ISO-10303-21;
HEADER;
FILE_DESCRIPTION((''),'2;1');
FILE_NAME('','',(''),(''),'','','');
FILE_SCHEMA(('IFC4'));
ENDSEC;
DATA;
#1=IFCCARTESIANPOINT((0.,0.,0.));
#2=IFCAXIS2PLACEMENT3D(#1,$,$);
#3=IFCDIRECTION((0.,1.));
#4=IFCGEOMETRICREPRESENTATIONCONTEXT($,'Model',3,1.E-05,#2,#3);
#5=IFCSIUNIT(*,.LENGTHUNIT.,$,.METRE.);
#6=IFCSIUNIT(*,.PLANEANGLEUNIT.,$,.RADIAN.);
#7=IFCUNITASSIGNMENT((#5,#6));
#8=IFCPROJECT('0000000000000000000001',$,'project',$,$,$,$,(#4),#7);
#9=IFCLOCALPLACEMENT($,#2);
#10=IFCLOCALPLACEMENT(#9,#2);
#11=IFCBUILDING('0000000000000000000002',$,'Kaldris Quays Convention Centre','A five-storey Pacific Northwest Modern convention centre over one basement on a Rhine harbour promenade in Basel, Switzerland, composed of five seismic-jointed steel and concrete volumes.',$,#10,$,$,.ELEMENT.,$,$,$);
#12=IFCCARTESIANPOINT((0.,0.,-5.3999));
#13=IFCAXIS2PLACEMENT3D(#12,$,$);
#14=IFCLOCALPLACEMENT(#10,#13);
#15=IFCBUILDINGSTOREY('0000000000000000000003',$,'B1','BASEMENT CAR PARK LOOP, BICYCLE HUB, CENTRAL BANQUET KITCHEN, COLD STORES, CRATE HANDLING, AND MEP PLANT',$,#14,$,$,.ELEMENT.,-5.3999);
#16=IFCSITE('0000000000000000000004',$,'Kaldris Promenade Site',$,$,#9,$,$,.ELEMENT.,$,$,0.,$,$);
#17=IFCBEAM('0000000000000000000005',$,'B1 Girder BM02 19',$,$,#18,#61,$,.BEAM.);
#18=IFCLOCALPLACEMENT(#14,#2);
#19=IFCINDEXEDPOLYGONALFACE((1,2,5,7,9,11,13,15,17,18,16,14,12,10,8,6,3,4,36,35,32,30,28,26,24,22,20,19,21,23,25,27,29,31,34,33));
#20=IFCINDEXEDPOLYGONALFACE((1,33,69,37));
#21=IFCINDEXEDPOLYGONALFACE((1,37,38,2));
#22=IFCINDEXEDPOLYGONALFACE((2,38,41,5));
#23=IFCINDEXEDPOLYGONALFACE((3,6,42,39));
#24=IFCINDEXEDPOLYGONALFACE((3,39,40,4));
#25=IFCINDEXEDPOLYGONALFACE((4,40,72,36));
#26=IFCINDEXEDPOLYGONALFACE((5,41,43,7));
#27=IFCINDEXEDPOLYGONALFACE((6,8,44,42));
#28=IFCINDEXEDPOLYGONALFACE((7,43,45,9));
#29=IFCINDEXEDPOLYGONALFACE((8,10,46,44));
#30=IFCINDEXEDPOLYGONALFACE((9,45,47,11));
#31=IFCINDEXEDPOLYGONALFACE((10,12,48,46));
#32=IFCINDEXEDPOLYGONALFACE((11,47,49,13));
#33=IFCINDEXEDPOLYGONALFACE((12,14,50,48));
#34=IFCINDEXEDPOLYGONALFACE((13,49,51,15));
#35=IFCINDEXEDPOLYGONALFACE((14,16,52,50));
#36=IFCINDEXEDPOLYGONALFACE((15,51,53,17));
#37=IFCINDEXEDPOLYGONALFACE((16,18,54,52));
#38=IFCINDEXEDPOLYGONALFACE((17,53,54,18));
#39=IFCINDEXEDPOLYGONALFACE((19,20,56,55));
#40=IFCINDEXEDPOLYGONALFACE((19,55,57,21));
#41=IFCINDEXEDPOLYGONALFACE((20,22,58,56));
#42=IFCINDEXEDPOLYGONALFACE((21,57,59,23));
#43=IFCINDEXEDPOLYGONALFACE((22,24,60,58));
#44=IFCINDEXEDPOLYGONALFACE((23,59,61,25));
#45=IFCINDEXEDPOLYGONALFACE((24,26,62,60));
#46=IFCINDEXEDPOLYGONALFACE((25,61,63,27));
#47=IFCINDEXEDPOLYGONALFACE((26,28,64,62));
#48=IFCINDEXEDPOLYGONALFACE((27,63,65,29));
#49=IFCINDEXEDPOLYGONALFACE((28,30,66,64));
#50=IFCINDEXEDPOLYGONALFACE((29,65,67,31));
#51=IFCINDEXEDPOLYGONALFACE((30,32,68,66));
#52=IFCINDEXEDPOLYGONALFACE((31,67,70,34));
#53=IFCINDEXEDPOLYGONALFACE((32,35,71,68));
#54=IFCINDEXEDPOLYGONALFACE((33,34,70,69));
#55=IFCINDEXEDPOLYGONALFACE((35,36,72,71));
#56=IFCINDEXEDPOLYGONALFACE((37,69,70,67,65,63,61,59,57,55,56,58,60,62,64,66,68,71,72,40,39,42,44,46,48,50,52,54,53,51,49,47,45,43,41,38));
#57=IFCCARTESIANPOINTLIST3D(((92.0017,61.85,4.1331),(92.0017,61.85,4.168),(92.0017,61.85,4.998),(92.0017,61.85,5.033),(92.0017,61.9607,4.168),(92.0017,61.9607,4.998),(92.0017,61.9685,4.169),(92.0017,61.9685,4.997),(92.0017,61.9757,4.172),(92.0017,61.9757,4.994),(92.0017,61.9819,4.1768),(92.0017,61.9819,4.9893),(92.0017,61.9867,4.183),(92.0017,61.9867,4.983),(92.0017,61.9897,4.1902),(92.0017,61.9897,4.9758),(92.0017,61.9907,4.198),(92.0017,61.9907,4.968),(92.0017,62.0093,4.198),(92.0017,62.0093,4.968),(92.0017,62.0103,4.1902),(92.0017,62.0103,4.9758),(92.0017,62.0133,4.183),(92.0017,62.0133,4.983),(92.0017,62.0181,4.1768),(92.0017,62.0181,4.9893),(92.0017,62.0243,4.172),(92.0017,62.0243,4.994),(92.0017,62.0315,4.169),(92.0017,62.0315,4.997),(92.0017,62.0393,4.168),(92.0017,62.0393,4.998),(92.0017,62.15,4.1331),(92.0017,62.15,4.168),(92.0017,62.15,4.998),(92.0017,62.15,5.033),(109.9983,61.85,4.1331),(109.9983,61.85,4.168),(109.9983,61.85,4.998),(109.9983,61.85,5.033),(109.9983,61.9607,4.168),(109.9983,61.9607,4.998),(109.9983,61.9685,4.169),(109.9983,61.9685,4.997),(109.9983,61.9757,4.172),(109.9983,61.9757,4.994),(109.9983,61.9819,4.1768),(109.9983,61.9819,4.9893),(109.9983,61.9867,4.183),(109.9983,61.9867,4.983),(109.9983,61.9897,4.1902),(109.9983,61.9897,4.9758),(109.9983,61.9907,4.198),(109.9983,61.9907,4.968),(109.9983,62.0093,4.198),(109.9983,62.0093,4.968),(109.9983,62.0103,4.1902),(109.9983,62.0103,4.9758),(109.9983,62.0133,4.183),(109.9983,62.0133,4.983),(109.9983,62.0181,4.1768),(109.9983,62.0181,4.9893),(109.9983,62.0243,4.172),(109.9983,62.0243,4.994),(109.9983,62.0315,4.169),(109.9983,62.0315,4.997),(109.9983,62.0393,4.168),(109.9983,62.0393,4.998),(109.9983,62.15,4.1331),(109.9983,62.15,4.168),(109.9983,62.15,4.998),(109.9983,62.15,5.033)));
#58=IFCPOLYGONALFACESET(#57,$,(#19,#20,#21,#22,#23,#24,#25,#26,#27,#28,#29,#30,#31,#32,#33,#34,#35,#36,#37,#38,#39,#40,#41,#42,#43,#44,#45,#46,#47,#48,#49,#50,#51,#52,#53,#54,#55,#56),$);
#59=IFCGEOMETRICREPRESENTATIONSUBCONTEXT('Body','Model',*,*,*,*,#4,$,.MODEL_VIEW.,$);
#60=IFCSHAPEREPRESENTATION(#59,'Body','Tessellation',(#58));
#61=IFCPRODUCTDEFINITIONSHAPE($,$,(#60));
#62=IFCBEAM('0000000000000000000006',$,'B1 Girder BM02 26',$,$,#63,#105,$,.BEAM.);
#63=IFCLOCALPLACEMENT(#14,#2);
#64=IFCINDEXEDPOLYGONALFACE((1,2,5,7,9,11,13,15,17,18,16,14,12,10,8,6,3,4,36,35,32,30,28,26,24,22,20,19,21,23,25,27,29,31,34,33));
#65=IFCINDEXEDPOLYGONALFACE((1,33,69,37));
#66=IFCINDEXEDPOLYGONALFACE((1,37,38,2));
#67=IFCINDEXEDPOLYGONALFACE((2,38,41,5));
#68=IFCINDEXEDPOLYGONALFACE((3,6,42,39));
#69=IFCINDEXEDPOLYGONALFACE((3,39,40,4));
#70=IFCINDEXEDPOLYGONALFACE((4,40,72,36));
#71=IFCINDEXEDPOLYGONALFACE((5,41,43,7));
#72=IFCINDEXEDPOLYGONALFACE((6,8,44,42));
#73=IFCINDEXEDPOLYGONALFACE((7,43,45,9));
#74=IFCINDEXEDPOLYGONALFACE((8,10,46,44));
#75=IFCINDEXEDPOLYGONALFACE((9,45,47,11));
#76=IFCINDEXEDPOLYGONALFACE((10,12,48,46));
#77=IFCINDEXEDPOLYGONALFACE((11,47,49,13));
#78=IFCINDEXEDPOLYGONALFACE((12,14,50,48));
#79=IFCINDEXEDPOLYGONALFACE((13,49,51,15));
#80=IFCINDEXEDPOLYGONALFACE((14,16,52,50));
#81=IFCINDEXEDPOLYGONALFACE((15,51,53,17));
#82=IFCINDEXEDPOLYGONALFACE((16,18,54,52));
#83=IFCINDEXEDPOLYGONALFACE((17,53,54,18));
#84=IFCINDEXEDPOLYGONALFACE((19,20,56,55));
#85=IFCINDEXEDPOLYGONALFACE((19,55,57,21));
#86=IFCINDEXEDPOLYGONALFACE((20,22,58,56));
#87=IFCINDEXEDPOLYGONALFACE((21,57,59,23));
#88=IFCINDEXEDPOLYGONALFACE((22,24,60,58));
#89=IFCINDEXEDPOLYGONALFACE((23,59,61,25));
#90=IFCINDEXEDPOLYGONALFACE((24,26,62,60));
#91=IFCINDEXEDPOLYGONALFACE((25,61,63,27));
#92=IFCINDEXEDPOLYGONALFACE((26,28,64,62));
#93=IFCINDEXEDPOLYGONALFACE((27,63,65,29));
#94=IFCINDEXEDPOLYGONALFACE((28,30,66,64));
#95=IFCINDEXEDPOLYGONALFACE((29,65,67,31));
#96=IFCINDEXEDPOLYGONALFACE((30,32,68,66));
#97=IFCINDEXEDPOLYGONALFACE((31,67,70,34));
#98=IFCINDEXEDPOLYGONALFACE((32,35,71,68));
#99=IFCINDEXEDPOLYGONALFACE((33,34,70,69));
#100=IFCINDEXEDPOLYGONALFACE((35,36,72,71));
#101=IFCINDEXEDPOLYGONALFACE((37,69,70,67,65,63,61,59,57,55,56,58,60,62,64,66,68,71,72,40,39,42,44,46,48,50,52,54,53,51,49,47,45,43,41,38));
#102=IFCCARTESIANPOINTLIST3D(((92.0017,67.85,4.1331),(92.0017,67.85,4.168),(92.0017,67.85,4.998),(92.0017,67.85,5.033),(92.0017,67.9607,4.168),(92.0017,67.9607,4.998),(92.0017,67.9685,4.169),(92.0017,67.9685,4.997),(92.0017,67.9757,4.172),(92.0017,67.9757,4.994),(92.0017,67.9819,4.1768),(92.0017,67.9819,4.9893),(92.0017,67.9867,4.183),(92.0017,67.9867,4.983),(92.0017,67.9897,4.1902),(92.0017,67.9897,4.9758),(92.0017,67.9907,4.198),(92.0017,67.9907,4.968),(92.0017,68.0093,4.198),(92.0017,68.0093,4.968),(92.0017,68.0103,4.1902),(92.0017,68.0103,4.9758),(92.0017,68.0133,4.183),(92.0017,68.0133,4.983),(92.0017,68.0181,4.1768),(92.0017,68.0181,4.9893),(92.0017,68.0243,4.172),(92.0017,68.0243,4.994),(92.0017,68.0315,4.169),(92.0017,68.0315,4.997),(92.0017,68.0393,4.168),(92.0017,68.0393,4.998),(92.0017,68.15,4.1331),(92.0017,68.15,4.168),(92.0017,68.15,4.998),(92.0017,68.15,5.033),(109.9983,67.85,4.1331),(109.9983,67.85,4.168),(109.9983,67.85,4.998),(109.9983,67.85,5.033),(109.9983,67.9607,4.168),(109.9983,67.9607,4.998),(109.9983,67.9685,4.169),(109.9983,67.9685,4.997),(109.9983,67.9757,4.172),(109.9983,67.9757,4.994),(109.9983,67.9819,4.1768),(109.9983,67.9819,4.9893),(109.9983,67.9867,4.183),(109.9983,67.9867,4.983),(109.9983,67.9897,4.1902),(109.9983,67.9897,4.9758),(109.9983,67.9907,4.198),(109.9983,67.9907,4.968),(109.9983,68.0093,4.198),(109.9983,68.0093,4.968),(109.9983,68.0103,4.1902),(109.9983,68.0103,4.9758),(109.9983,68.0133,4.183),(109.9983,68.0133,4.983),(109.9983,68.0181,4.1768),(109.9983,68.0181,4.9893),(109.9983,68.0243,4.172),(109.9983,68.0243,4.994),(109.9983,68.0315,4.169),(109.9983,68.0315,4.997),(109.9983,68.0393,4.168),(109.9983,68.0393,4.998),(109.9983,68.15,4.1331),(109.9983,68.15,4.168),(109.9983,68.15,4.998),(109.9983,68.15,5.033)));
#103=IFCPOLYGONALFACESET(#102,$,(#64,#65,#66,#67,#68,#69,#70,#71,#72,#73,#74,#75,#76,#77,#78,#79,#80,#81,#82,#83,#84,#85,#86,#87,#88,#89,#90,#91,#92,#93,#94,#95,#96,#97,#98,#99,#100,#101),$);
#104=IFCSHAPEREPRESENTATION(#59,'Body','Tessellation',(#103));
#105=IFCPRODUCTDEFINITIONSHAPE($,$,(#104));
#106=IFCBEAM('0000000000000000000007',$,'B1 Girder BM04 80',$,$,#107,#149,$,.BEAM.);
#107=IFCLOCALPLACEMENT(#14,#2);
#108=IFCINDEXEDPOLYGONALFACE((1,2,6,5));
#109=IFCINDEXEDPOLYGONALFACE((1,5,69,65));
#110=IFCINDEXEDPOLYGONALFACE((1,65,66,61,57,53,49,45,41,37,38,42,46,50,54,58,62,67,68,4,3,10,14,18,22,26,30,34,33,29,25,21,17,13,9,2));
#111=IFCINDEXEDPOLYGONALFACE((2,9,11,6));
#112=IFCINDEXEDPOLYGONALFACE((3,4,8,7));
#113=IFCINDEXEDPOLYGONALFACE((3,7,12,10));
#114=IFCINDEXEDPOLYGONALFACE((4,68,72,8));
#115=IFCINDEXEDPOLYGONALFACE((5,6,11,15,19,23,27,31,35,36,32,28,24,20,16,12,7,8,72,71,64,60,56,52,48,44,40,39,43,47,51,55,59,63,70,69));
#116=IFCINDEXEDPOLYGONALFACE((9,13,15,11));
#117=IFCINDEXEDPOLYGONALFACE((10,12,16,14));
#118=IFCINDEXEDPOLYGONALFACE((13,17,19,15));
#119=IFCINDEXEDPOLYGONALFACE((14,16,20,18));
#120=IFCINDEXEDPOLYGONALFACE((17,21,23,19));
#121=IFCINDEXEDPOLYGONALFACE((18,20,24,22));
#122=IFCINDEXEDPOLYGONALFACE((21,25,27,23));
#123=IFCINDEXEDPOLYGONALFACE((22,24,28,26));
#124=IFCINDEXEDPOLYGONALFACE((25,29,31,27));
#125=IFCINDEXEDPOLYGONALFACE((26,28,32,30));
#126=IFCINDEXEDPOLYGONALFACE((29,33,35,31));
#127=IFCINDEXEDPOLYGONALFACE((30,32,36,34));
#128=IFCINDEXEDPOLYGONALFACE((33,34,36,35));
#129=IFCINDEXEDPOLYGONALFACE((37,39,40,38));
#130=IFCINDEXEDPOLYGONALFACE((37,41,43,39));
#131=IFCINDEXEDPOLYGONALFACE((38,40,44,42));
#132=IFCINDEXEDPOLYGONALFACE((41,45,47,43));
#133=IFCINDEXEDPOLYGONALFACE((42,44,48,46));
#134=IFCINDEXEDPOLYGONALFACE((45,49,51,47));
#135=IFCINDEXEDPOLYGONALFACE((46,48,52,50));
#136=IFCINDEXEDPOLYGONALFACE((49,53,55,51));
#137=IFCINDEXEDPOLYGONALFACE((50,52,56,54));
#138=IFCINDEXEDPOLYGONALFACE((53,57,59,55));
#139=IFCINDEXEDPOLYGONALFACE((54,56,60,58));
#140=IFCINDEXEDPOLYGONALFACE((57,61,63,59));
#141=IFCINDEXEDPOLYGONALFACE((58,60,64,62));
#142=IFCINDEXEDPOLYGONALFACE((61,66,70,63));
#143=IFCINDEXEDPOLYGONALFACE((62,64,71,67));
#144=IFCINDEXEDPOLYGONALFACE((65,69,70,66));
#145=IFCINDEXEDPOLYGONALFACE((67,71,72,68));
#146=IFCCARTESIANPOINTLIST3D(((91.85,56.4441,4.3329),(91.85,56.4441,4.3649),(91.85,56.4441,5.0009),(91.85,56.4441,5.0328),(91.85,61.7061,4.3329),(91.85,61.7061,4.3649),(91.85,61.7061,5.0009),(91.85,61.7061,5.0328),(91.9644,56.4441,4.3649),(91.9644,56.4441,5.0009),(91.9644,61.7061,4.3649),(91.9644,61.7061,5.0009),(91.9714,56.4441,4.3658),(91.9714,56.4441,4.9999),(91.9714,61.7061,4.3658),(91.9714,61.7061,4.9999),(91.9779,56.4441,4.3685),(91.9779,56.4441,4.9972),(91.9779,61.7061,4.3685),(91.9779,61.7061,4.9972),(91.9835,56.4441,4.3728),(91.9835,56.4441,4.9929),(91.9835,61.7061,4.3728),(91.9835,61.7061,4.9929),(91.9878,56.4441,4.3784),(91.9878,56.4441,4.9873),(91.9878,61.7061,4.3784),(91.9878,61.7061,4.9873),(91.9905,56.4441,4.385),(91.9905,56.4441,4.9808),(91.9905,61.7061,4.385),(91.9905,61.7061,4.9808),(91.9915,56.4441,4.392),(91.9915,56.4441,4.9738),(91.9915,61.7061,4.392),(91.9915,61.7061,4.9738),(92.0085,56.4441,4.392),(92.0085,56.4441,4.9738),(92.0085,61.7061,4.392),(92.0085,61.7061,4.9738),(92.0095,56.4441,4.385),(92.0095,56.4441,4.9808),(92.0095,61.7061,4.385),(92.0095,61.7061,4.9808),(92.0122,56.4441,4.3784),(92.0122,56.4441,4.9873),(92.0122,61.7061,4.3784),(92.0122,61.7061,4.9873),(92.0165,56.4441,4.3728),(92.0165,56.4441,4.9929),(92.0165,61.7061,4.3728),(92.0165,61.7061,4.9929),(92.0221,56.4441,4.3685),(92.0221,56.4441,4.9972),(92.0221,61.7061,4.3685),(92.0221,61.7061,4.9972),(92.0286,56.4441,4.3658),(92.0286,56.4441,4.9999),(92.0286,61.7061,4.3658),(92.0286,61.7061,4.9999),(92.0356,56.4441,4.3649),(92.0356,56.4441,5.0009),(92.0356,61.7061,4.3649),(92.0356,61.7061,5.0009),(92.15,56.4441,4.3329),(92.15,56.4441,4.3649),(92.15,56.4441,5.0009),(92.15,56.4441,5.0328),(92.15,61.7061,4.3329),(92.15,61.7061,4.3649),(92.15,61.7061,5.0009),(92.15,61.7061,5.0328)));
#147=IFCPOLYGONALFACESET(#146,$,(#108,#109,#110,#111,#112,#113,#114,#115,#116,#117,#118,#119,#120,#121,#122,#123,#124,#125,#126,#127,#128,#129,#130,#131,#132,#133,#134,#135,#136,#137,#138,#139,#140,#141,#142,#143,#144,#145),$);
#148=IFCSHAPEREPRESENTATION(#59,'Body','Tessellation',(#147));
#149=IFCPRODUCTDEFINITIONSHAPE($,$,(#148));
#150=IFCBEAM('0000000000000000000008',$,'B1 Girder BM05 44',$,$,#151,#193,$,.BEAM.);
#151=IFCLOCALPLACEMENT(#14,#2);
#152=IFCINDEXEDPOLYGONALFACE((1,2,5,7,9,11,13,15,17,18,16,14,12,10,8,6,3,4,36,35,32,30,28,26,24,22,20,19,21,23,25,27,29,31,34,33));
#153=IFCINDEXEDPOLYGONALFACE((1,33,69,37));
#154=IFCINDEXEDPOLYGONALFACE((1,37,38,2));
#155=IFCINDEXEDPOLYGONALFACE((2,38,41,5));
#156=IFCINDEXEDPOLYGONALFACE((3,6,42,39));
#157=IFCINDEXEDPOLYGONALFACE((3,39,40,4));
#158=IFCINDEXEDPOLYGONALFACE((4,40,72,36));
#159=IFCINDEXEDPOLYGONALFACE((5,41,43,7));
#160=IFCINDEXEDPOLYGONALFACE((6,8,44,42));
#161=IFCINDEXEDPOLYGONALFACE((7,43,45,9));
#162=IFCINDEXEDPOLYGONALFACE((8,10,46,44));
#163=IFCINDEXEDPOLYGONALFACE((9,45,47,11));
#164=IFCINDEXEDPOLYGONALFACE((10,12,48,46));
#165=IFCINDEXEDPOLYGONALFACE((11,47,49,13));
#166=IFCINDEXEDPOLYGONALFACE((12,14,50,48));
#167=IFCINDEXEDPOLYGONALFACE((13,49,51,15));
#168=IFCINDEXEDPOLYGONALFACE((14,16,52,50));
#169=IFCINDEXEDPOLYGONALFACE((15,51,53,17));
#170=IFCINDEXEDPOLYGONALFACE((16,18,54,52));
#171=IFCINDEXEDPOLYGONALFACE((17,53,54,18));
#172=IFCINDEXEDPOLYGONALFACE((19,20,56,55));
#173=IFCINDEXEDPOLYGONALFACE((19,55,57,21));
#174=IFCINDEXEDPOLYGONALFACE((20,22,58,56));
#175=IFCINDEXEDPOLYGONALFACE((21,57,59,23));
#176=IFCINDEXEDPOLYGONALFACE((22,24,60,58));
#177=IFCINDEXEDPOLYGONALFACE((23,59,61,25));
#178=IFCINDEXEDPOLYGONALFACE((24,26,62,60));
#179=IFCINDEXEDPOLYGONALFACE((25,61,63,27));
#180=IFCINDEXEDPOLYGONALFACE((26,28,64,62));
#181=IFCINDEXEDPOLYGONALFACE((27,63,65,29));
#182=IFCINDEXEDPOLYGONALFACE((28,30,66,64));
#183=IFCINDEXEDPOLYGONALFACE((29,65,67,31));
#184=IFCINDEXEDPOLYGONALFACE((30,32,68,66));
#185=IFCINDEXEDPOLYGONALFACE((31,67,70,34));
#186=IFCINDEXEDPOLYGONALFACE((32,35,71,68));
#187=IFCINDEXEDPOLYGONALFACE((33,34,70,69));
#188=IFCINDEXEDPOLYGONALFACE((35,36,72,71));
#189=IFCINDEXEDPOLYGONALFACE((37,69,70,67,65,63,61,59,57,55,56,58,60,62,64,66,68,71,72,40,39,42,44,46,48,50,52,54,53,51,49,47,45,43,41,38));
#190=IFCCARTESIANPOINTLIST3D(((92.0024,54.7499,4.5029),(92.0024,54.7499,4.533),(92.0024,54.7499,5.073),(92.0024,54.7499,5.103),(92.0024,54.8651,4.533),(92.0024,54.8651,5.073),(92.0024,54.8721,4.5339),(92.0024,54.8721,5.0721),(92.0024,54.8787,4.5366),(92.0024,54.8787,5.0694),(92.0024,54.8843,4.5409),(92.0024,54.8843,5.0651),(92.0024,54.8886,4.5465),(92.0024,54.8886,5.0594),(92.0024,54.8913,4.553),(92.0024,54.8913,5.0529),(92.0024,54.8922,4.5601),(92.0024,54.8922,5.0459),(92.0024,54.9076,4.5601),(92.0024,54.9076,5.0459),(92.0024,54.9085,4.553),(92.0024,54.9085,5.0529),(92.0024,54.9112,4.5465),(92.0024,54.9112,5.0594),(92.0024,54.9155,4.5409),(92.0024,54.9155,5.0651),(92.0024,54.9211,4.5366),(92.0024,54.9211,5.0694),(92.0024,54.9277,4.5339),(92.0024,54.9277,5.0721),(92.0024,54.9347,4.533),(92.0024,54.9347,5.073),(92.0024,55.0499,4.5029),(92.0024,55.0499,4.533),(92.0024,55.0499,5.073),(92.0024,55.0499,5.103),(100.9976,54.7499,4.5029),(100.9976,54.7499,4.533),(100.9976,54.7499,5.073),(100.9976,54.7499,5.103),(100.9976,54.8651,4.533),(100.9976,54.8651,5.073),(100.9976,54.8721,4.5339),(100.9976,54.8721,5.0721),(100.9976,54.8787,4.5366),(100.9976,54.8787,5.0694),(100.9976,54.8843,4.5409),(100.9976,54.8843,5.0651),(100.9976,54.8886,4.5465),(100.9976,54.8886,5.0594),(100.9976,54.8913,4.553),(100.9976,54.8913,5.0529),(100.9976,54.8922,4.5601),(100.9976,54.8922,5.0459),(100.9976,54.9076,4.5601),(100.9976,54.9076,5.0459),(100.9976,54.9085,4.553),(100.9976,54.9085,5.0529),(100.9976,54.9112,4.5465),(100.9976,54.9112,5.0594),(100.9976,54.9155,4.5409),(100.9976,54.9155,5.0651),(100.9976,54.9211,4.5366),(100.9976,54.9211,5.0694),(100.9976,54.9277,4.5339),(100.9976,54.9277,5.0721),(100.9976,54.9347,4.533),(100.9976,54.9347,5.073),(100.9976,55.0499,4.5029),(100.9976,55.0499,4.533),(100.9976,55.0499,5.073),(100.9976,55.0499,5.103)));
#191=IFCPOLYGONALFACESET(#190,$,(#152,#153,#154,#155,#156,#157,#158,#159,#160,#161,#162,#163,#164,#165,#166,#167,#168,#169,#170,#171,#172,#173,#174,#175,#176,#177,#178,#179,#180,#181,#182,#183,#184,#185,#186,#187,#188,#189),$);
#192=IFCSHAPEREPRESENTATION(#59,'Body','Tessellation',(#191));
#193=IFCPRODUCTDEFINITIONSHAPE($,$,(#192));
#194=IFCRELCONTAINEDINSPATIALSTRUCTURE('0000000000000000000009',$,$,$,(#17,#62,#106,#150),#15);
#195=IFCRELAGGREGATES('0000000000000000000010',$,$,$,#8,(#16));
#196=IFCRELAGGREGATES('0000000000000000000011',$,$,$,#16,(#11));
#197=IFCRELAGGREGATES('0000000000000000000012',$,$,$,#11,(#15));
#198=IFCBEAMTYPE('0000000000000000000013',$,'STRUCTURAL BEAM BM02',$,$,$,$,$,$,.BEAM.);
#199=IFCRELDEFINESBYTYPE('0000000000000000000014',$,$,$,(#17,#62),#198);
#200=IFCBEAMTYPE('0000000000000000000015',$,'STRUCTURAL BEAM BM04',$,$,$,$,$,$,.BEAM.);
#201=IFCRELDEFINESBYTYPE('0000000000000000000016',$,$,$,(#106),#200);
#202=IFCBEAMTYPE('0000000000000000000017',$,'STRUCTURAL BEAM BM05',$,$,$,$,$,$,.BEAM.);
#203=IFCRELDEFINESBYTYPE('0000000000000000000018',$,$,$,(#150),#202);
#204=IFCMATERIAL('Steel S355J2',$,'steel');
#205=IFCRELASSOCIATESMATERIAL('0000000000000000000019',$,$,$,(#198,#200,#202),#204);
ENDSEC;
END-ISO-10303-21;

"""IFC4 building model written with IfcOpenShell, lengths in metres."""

from ifc_helpers import new_model, si_unit, direction, frame, origin, origin_2d, place, context, subcontext, project, spatial, i_section, extrude, material, material_profile, profile_set, type_object, element, save


model = new_model("IFC4")

# Units and contexts
model_context = context("Model", 3, precision=1e-05, world=origin(), true_north=direction((0.0, 1.0)))
body_context = subcontext(model_context, "Body", "Model", "MODEL_VIEW")
ifc_project = project(units=[si_unit("LENGTHUNIT", "METRE"), si_unit("PLANEANGLEUNIT", "RADIAN")], contexts=[model_context])

# Site, building, storey
site_placement = place(None, origin())
site = spatial("IfcSite", under=ifc_project, at=site_placement, Name="Kaldris Promenade Site", CompositionType="ELEMENT", RefElevation=0.0)
building_placement = place(site_placement, origin())
building = spatial("IfcBuilding", under=site, at=building_placement, Name="Kaldris Quays Convention Centre", Description="A five-storey Pacific Northwest Modern convention centre over one basement on a Rhine harbour promenade in Basel, Switzerland, composed of five seismic-jointed steel and concrete volumes.", CompositionType="ELEMENT")
storey_placement = place(building_placement, frame((0.0, 0.0, -5.3999)))
storey = spatial("IfcBuildingStorey", under=building, at=storey_placement, Name="B1", Description="BASEMENT CAR PARK LOOP, BICYCLE HUB, CENTRAL BANQUET KITCHEN, COLD STORES, CRATE HANDLING, AND MEP PLANT", CompositionType="ELEMENT", Elevation=-5.3999)

# Shared definitions
ifc_material_1 = material(Name="Steel S355J2", Category="steel")

# Beams
ifc_material_profile_1 = material_profile(ifc_material_1, i_section(OverallWidth=0.3, OverallDepth=0.8999, WebThickness=0.0186, FlangeThickness=0.0349, FilletRadius=0.03, at=origin_2d()), Name="HEB 900")
ifc_profile_set_1 = profile_set([ifc_material_profile_1], Name="Steel S355J2")
beam_type_1 = type_object("IfcBeamType", Name="STRUCTURAL BEAM BM02", PredefinedType="BEAM", material=ifc_profile_set_1)
for number, where, z_axis, x_axis, name in (
    (1, (92.0017, 62.0, 4.583), (1.0, 0.0, 0.0), (0.0, 1.0, 0.0), "B1 Girder BM02 19"),
    (2, (92.0017, 68.0, 4.583), (1.0, 0.0, 0.0), (0.0, 1.0, 0.0), "B1 Girder BM02 26"),
):
    element("IfcBeam", number, at=place(storey_placement, frame(where, z_axis=z_axis, x_axis=x_axis)), inside=storey, type_object=beam_type_1, Name=name, PredefinedType="BEAM", context=body_context, shape_type="SweptSolid", body=[
        extrude(i_section(OverallWidth=0.3, OverallDepth=0.8999, WebThickness=0.0186, FlangeThickness=0.0349, FilletRadius=0.03, at=origin_2d()), origin(), (0.0, 0.0, 1.0), 17.9966),
    ])
ifc_material_profile_2 = material_profile(ifc_material_1, i_section(OverallWidth=0.3, OverallDepth=0.7, WebThickness=0.0171, FlangeThickness=0.032, FilletRadius=0.0271, at=origin_2d()), Name="HEB 700")
ifc_profile_set_2 = profile_set([ifc_material_profile_2], Name="Steel S355J2")
beam_type_2 = type_object("IfcBeamType", Name="STRUCTURAL BEAM BM04", PredefinedType="BEAM", material=ifc_profile_set_2)
beam_1_placement = place(storey_placement, frame((92.0, 56.4441, 4.6829), z_axis=(0.0, 1.0, 0.0), x_axis=(-1.0, 0.0, 0.0)))
element("IfcBeam", 3, at=beam_1_placement, inside=storey, type_object=beam_type_2, Name="B1 Girder BM04 80", PredefinedType="BEAM", context=body_context, shape_type="SweptSolid", body=[
    extrude(i_section(OverallWidth=0.3, OverallDepth=0.7, WebThickness=0.0171, FlangeThickness=0.032, FilletRadius=0.0271, at=origin_2d()), origin(), (0.0, 0.0, 1.0), 5.262),
])
ifc_material_profile_3 = material_profile(ifc_material_1, i_section(OverallWidth=0.3, OverallDepth=0.6001, WebThickness=0.0154, FlangeThickness=0.03, FilletRadius=0.0271, at=origin_2d()), Name="HEB 600")
ifc_profile_set_3 = profile_set([ifc_material_profile_3], Name="Steel S355J2")
beam_type_3 = type_object("IfcBeamType", Name="STRUCTURAL BEAM BM05", PredefinedType="BEAM", material=ifc_profile_set_3)
beam_2_placement = place(storey_placement, frame((92.0024, 54.8999, 4.803), z_axis=(1.0, 0.0, 0.0), x_axis=(0.0, 1.0, 0.0)))
element("IfcBeam", 4, at=beam_2_placement, inside=storey, type_object=beam_type_3, Name="B1 Girder BM05 44", PredefinedType="BEAM", context=body_context, shape_type="SweptSolid", body=[
    extrude(i_section(OverallWidth=0.3, OverallDepth=0.6001, WebThickness=0.0154, FlangeThickness=0.03, FilletRadius=0.0271, at=origin_2d()), origin(), (0.0, 0.0, 1.0), 8.9951),
])

save(model, "model.ifc")
